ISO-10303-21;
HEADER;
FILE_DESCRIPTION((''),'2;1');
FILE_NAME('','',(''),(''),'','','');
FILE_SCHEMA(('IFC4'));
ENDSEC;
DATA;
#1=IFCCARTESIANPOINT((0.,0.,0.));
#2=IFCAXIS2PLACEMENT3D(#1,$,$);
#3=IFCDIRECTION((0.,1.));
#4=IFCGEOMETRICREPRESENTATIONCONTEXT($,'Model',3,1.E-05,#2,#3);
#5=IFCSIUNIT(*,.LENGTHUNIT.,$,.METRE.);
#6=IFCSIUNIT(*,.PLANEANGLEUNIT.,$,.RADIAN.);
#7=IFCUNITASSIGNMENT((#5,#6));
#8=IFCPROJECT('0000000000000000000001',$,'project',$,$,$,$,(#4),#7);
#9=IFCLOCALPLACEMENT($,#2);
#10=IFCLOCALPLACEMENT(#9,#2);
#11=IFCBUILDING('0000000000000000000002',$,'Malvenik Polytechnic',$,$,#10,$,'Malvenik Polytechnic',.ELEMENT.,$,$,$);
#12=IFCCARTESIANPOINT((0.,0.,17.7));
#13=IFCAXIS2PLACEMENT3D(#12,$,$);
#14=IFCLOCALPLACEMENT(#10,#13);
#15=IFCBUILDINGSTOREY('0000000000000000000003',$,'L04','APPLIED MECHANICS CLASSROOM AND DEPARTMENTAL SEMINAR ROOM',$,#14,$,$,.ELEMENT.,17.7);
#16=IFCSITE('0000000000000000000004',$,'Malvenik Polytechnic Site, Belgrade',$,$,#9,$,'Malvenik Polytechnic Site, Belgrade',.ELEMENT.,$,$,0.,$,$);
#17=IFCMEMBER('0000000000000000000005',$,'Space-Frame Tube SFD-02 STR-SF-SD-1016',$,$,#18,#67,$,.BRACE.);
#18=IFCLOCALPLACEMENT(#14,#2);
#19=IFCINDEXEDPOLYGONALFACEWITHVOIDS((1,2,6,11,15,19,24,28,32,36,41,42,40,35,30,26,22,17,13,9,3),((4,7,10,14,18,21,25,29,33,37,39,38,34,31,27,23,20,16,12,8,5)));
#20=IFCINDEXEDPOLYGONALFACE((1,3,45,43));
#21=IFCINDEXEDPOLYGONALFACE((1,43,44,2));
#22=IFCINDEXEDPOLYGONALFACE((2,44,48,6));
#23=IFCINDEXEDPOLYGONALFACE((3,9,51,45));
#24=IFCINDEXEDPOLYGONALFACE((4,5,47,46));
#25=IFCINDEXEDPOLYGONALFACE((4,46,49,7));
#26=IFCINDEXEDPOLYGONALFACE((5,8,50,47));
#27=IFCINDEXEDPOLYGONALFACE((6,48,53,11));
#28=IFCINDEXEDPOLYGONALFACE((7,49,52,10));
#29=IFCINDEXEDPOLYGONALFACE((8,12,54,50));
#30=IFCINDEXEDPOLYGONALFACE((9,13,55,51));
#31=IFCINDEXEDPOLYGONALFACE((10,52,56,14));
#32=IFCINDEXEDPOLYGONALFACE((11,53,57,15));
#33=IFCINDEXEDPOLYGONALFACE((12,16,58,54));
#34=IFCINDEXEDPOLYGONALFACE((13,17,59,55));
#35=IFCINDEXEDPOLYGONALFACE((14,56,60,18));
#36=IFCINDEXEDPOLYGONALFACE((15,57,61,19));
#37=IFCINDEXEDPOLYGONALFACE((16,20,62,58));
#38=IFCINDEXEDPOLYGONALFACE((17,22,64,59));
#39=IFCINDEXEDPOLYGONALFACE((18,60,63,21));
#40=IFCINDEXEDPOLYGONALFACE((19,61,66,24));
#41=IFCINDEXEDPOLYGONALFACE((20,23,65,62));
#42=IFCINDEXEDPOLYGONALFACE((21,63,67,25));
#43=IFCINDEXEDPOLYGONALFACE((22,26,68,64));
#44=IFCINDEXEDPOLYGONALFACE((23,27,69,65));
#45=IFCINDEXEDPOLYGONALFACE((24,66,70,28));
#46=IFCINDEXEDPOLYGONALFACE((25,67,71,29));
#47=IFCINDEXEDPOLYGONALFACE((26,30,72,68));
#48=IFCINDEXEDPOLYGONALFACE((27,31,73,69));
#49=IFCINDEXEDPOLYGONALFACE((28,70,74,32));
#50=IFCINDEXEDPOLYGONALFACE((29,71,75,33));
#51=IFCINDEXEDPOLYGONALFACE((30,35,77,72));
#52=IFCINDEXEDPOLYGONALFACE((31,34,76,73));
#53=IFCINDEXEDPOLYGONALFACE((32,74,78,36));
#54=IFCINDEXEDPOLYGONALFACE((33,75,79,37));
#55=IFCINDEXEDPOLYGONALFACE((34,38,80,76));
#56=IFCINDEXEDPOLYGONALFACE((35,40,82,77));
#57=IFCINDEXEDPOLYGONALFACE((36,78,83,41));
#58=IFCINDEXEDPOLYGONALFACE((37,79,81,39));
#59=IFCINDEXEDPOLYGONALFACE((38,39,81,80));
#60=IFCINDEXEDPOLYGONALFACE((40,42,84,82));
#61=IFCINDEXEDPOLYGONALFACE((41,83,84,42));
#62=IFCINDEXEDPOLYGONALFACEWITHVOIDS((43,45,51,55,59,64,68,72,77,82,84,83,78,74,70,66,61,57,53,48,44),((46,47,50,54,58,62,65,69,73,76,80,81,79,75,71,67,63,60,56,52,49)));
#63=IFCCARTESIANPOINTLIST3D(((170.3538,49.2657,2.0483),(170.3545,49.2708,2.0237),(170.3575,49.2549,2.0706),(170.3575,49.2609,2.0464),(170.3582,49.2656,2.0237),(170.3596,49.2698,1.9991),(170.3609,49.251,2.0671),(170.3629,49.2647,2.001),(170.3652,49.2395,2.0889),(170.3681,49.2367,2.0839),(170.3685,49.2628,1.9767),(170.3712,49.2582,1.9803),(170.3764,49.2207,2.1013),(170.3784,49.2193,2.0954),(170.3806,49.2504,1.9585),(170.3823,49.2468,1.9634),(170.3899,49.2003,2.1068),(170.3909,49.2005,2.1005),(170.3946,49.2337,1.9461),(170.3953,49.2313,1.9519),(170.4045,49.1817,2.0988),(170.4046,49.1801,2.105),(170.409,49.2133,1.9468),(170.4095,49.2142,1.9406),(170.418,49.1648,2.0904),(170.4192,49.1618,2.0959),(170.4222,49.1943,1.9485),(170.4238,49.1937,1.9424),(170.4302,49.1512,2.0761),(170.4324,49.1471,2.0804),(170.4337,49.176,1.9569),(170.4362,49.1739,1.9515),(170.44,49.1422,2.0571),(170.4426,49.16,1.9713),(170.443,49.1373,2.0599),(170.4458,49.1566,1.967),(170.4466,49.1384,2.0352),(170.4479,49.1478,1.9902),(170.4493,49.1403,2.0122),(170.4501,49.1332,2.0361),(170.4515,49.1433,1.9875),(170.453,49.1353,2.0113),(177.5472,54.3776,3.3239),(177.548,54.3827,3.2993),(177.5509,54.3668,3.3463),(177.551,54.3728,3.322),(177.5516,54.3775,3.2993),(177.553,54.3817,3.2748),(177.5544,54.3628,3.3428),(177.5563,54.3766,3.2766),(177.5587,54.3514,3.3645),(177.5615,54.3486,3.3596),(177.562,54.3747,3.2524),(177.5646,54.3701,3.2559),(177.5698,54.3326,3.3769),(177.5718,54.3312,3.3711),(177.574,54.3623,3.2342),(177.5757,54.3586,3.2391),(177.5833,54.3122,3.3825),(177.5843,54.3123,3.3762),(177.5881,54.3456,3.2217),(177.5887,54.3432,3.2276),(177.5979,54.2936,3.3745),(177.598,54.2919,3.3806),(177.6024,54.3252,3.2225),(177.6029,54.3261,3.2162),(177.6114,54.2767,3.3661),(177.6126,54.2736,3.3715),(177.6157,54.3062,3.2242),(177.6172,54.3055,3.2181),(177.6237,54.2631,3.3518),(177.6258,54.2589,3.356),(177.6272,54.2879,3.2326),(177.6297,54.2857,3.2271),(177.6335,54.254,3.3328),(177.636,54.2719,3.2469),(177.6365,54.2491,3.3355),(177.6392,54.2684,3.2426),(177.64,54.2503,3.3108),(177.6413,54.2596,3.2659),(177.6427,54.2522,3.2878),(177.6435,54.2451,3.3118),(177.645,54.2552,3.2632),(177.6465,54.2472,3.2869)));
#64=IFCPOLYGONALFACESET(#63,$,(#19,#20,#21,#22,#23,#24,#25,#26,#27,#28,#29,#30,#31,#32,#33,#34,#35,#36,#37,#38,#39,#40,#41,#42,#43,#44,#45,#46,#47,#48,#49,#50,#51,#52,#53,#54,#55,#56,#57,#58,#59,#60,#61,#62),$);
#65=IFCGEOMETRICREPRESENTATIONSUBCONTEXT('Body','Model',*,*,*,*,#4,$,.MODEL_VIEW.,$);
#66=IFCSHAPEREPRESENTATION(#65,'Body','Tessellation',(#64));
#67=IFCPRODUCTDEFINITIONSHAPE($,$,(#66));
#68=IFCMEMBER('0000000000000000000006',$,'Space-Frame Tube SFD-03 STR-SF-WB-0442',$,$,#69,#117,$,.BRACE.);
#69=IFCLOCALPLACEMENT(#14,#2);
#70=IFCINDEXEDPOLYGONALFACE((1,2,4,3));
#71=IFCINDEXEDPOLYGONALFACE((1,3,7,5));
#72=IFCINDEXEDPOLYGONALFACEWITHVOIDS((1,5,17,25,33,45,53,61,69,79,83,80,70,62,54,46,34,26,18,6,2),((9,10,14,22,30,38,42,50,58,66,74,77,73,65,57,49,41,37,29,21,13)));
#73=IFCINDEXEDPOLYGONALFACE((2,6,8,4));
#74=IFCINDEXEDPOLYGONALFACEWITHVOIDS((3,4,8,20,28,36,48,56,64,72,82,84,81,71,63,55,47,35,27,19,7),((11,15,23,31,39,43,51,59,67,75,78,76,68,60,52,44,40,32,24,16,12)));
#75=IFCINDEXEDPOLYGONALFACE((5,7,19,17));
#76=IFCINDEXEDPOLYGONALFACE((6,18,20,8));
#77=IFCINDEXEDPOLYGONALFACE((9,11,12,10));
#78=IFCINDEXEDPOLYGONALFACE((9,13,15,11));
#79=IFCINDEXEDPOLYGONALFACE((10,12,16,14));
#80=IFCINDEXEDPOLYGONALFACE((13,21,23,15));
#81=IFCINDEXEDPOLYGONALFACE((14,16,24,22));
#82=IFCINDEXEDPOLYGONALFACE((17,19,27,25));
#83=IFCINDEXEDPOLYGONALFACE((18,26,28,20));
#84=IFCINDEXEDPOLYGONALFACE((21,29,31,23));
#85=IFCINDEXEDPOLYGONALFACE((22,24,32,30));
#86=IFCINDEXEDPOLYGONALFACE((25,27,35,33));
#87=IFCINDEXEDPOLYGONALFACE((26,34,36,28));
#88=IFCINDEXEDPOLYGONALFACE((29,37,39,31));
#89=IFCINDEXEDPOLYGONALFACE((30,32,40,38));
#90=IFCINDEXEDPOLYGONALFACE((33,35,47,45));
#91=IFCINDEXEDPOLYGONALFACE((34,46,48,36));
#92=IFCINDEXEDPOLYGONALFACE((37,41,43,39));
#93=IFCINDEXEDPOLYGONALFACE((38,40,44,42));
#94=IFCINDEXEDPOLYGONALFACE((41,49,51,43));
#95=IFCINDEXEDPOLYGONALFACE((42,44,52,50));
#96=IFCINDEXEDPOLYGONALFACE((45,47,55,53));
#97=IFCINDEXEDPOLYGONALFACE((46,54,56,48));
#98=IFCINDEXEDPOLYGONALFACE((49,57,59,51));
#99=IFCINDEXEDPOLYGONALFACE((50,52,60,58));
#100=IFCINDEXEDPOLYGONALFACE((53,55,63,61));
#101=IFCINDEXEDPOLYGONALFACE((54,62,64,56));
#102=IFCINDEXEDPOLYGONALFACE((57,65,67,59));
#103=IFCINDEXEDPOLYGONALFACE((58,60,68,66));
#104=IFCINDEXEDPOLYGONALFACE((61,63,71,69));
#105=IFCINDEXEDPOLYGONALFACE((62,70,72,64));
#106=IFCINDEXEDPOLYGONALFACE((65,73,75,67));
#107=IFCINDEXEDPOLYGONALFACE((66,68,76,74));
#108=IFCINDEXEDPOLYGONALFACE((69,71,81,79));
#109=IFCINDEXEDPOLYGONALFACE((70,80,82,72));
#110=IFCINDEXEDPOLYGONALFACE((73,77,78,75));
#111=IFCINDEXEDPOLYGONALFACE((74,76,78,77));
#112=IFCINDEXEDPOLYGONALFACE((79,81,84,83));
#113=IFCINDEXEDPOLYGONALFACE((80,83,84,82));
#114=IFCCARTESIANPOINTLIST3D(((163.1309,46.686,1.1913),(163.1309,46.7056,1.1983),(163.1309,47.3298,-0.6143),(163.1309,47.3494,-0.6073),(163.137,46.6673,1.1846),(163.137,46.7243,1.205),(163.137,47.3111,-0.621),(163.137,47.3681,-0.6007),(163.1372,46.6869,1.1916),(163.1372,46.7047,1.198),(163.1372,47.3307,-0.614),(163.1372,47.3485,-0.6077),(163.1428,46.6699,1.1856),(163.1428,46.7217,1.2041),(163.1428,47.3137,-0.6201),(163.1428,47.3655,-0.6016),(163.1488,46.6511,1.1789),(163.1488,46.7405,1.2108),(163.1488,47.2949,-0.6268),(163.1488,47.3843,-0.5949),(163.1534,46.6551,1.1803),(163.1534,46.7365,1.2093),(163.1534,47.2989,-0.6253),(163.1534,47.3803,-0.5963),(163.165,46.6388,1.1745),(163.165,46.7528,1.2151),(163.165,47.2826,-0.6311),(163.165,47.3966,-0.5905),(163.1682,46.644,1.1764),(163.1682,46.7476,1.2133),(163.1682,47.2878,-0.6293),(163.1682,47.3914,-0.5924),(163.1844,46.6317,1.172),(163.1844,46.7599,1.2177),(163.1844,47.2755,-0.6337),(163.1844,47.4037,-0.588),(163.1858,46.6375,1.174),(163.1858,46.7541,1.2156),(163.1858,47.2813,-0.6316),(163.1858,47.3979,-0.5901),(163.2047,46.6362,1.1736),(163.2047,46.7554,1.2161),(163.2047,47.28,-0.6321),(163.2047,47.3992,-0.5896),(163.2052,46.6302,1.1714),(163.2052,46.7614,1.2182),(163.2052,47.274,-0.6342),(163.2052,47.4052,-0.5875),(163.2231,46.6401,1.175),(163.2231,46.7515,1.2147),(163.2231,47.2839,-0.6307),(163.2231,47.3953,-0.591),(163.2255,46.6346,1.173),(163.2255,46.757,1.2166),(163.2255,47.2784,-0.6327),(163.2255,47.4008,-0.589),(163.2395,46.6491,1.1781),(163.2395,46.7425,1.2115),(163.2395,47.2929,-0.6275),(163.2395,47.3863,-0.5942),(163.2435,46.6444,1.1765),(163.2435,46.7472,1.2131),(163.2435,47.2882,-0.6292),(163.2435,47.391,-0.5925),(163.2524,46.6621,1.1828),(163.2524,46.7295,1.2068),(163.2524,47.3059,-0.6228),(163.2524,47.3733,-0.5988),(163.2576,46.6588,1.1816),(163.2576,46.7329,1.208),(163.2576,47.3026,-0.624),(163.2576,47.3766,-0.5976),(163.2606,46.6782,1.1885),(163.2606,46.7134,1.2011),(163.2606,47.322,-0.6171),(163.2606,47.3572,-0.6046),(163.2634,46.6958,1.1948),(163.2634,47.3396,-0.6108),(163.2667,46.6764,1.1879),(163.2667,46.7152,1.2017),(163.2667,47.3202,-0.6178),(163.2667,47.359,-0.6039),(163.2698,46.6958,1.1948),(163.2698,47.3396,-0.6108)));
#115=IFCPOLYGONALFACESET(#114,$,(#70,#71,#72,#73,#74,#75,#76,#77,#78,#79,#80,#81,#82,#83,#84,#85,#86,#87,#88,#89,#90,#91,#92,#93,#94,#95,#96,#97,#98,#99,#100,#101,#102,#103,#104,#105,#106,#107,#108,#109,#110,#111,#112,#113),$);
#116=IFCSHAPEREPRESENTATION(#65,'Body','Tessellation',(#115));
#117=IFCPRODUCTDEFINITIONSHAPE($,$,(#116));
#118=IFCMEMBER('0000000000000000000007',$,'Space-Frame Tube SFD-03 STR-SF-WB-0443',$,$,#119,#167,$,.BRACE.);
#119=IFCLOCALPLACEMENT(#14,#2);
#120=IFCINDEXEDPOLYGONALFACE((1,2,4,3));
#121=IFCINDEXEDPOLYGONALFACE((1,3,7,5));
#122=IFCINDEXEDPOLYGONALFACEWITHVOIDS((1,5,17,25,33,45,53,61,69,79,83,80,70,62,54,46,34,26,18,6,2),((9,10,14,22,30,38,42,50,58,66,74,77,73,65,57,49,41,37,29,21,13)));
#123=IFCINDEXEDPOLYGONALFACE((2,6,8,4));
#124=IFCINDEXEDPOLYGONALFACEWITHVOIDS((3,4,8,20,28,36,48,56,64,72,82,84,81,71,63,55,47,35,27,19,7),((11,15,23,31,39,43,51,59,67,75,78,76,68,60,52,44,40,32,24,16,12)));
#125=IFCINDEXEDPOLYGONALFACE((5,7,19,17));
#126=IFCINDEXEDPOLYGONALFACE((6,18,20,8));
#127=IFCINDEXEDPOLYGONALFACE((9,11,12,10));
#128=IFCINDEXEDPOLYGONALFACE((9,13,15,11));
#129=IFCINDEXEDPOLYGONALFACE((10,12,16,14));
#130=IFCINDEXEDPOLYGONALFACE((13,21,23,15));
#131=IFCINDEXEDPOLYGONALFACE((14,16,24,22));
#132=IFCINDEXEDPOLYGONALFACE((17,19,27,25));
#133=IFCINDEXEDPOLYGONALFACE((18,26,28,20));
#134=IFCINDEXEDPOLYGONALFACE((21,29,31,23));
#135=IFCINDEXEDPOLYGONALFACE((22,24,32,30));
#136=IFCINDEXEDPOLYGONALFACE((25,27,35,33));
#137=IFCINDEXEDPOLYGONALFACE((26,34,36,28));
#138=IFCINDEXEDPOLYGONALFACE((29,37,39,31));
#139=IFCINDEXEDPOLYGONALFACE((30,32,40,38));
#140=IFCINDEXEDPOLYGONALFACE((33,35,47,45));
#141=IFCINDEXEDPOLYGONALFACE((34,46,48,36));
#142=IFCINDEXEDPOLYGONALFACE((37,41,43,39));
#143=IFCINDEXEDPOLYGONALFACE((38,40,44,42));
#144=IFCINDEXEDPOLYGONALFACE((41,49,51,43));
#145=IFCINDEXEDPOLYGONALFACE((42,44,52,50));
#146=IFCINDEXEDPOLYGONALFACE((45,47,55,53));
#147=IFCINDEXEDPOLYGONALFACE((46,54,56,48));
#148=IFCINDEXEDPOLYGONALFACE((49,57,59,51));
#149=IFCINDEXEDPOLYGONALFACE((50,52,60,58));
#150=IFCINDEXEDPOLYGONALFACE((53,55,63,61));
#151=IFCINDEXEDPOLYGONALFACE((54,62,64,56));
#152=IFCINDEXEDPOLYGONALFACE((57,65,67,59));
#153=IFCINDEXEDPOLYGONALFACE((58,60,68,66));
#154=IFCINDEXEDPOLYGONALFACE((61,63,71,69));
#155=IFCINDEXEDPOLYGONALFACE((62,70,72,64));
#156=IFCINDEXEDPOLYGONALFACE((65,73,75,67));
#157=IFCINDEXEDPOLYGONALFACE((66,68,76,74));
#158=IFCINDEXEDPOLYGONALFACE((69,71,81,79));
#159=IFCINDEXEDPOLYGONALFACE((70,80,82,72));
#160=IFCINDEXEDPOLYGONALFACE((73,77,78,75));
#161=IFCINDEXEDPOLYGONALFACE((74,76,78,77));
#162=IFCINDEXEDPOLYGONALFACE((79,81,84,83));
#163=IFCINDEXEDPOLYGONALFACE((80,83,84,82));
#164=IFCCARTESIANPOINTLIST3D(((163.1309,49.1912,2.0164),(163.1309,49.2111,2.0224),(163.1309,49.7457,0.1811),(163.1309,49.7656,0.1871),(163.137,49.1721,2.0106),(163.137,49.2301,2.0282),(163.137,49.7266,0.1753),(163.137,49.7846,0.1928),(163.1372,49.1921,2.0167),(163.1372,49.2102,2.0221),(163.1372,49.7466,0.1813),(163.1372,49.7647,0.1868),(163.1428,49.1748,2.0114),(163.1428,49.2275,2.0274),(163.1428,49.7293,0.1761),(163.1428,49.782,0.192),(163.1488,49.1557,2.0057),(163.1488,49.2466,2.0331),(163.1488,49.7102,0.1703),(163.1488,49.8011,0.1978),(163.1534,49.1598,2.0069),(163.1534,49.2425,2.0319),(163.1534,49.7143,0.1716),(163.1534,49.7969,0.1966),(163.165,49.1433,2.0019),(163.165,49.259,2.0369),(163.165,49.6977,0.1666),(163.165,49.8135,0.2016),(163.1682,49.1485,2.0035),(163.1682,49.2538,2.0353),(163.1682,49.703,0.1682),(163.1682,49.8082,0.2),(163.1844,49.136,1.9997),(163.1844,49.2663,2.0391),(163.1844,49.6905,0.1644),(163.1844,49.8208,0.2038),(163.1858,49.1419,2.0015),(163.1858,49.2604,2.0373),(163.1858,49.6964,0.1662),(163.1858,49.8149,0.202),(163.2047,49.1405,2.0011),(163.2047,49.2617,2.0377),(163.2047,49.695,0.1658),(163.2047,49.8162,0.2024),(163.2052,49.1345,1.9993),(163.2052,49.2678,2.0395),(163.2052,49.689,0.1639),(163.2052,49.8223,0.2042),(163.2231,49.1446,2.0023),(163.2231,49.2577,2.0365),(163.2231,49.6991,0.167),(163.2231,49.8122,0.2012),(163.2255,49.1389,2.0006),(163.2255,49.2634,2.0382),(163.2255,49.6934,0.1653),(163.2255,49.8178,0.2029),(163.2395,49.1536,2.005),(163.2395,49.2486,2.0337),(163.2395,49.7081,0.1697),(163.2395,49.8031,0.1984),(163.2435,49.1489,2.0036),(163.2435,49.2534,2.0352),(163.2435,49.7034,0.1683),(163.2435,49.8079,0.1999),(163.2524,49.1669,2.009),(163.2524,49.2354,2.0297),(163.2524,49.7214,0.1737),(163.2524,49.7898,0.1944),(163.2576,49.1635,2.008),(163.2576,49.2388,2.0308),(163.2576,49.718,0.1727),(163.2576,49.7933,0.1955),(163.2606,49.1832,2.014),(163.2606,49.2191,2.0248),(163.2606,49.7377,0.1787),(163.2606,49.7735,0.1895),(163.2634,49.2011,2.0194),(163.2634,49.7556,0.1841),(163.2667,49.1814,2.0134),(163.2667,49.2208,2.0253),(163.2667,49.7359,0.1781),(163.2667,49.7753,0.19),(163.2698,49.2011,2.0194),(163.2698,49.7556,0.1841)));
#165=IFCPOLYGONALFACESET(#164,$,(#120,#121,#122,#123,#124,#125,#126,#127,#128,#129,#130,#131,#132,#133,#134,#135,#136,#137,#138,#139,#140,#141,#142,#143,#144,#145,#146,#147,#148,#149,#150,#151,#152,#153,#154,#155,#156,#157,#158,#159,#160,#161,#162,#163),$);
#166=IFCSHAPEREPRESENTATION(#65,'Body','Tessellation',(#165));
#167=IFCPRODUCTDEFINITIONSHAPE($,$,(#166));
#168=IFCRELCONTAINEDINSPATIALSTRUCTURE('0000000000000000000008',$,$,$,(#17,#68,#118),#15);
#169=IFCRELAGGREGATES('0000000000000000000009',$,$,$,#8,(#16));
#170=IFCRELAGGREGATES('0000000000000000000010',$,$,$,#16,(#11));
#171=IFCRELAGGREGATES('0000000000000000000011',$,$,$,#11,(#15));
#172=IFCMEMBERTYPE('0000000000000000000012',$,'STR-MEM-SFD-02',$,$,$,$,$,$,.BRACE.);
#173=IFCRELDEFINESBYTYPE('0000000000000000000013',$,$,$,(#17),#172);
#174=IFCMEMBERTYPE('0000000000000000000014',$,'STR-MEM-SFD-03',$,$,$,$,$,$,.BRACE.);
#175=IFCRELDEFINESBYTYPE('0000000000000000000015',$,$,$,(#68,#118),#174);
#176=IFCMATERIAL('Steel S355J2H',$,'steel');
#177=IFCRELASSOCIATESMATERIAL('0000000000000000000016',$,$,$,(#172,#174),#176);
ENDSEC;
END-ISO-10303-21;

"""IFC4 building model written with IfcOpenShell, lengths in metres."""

from ifc_helpers import new_model, si_unit, direction, frame, origin, origin_2d, place, context, subcontext, project, spatial, hollow_circle, extrude, material, material_profile, profile_set, type_object, element, save


model = new_model("IFC4")

# Units and contexts
model_context = context("Model", 3, precision=1e-05, world=origin(), true_north=direction((0.0, 1.0)))
body_context = subcontext(model_context, "Body", "Model", "MODEL_VIEW")
ifc_project = project(units=[si_unit("LENGTHUNIT", "METRE"), si_unit("PLANEANGLEUNIT", "RADIAN")], contexts=[model_context])

# Site, building, storey
site_placement = place(None, origin())
site = spatial("IfcSite", under=ifc_project, at=site_placement, Name="Malvenik Polytechnic Site, Belgrade", LongName="Malvenik Polytechnic Site, Belgrade", CompositionType="ELEMENT", RefElevation=0.0)
building_placement = place(site_placement, origin())
building = spatial("IfcBuilding", under=site, at=building_placement, Name="Malvenik Polytechnic", LongName="Malvenik Polytechnic", CompositionType="ELEMENT")
storey_placement = place(building_placement, frame((0.0, 0.0, 17.7)))
storey = spatial("IfcBuildingStorey", under=building, at=storey_placement, Name="L04", Description="APPLIED MECHANICS CLASSROOM AND DEPARTMENTAL SEMINAR ROOM", CompositionType="ELEMENT", Elevation=17.7)

# Members
ifc_material = material(Name="Steel S355J2H", Category="steel")
ifc_material_profile_1 = material_profile(ifc_material, hollow_circle(Radius=0.0842, WallThickness=0.0063, at=origin_2d()), Name="CHS 168.3x6.3")
ifc_profile_set_1 = profile_set([ifc_material_profile_1], Name="Steel S355J2H")
member_type_1 = type_object("IfcMemberType", Name="STR-MEM-SFD-02", PredefinedType="BRACE", material=ifc_profile_set_1)
for number, where, z_axis, x_axis, name in (
    (1, (170.4033, 49.2021, 2.0237), (0.806755, 0.573304, 0.143066), (-0.579263, 0.815141, 0.0), "Space-Frame Tube SFD-02 STR-SF-SD-1016"),
):
    element("IfcMember", number, at=place(storey_placement, frame(where, z_axis=z_axis, x_axis=x_axis)), inside=storey, type_object=member_type_1, Name=name, PredefinedType="BRACE", context=body_context, shape_type="SweptSolid", body=[
        extrude(hollow_circle(Radius=0.0842, WallThickness=0.0063, at=origin_2d()), origin(), (0.0, 0.0, 1.0), 8.9165),
    ])
ifc_material_profile_2 = material_profile(ifc_material, hollow_circle(Radius=0.0698, WallThickness=0.0063, at=origin_2d()), Name="CHS 139.7x6.3")
ifc_profile_set_2 = profile_set([ifc_material_profile_2], Name="Steel S355J2H")
member_type_2 = type_object("IfcMemberType", Name="STR-MEM-SFD-03", PredefinedType="BRACE", material=ifc_profile_set_2)
member_1_placement = place(storey_placement, frame((163.2, 47.3396, -0.6108), z_axis=(0.0, -0.335836, 0.94192), x_axis=(1.0, 0.0, 0.0)))
element("IfcMember", 2, at=member_1_placement, inside=storey, type_object=member_type_2, Name="Space-Frame Tube SFD-03 STR-SF-WB-0442", PredefinedType="BRACE", context=body_context, shape_type="SweptSolid", body=[
    extrude(hollow_circle(Radius=0.0698, WallThickness=0.0063, at=origin_2d()), origin(), (0.0, 0.0, 1.0), 1.917),
])
member_2_placement = place(storey_placement, frame((163.2, 49.7556, 0.1841), z_axis=(0.0, -0.289205, 0.957267), x_axis=(1.0, 0.0, 0.0)))
element("IfcMember", 3, at=member_2_placement, inside=storey, type_object=member_type_2, Name="Space-Frame Tube SFD-03 STR-SF-WB-0443", PredefinedType="BRACE", context=body_context, shape_type="SweptSolid", body=[
    extrude(hollow_circle(Radius=0.0698, WallThickness=0.0063, at=origin_2d()), origin(), (0.0, 0.0, 1.0), 1.9172),
])

save(model, "model.ifc")
